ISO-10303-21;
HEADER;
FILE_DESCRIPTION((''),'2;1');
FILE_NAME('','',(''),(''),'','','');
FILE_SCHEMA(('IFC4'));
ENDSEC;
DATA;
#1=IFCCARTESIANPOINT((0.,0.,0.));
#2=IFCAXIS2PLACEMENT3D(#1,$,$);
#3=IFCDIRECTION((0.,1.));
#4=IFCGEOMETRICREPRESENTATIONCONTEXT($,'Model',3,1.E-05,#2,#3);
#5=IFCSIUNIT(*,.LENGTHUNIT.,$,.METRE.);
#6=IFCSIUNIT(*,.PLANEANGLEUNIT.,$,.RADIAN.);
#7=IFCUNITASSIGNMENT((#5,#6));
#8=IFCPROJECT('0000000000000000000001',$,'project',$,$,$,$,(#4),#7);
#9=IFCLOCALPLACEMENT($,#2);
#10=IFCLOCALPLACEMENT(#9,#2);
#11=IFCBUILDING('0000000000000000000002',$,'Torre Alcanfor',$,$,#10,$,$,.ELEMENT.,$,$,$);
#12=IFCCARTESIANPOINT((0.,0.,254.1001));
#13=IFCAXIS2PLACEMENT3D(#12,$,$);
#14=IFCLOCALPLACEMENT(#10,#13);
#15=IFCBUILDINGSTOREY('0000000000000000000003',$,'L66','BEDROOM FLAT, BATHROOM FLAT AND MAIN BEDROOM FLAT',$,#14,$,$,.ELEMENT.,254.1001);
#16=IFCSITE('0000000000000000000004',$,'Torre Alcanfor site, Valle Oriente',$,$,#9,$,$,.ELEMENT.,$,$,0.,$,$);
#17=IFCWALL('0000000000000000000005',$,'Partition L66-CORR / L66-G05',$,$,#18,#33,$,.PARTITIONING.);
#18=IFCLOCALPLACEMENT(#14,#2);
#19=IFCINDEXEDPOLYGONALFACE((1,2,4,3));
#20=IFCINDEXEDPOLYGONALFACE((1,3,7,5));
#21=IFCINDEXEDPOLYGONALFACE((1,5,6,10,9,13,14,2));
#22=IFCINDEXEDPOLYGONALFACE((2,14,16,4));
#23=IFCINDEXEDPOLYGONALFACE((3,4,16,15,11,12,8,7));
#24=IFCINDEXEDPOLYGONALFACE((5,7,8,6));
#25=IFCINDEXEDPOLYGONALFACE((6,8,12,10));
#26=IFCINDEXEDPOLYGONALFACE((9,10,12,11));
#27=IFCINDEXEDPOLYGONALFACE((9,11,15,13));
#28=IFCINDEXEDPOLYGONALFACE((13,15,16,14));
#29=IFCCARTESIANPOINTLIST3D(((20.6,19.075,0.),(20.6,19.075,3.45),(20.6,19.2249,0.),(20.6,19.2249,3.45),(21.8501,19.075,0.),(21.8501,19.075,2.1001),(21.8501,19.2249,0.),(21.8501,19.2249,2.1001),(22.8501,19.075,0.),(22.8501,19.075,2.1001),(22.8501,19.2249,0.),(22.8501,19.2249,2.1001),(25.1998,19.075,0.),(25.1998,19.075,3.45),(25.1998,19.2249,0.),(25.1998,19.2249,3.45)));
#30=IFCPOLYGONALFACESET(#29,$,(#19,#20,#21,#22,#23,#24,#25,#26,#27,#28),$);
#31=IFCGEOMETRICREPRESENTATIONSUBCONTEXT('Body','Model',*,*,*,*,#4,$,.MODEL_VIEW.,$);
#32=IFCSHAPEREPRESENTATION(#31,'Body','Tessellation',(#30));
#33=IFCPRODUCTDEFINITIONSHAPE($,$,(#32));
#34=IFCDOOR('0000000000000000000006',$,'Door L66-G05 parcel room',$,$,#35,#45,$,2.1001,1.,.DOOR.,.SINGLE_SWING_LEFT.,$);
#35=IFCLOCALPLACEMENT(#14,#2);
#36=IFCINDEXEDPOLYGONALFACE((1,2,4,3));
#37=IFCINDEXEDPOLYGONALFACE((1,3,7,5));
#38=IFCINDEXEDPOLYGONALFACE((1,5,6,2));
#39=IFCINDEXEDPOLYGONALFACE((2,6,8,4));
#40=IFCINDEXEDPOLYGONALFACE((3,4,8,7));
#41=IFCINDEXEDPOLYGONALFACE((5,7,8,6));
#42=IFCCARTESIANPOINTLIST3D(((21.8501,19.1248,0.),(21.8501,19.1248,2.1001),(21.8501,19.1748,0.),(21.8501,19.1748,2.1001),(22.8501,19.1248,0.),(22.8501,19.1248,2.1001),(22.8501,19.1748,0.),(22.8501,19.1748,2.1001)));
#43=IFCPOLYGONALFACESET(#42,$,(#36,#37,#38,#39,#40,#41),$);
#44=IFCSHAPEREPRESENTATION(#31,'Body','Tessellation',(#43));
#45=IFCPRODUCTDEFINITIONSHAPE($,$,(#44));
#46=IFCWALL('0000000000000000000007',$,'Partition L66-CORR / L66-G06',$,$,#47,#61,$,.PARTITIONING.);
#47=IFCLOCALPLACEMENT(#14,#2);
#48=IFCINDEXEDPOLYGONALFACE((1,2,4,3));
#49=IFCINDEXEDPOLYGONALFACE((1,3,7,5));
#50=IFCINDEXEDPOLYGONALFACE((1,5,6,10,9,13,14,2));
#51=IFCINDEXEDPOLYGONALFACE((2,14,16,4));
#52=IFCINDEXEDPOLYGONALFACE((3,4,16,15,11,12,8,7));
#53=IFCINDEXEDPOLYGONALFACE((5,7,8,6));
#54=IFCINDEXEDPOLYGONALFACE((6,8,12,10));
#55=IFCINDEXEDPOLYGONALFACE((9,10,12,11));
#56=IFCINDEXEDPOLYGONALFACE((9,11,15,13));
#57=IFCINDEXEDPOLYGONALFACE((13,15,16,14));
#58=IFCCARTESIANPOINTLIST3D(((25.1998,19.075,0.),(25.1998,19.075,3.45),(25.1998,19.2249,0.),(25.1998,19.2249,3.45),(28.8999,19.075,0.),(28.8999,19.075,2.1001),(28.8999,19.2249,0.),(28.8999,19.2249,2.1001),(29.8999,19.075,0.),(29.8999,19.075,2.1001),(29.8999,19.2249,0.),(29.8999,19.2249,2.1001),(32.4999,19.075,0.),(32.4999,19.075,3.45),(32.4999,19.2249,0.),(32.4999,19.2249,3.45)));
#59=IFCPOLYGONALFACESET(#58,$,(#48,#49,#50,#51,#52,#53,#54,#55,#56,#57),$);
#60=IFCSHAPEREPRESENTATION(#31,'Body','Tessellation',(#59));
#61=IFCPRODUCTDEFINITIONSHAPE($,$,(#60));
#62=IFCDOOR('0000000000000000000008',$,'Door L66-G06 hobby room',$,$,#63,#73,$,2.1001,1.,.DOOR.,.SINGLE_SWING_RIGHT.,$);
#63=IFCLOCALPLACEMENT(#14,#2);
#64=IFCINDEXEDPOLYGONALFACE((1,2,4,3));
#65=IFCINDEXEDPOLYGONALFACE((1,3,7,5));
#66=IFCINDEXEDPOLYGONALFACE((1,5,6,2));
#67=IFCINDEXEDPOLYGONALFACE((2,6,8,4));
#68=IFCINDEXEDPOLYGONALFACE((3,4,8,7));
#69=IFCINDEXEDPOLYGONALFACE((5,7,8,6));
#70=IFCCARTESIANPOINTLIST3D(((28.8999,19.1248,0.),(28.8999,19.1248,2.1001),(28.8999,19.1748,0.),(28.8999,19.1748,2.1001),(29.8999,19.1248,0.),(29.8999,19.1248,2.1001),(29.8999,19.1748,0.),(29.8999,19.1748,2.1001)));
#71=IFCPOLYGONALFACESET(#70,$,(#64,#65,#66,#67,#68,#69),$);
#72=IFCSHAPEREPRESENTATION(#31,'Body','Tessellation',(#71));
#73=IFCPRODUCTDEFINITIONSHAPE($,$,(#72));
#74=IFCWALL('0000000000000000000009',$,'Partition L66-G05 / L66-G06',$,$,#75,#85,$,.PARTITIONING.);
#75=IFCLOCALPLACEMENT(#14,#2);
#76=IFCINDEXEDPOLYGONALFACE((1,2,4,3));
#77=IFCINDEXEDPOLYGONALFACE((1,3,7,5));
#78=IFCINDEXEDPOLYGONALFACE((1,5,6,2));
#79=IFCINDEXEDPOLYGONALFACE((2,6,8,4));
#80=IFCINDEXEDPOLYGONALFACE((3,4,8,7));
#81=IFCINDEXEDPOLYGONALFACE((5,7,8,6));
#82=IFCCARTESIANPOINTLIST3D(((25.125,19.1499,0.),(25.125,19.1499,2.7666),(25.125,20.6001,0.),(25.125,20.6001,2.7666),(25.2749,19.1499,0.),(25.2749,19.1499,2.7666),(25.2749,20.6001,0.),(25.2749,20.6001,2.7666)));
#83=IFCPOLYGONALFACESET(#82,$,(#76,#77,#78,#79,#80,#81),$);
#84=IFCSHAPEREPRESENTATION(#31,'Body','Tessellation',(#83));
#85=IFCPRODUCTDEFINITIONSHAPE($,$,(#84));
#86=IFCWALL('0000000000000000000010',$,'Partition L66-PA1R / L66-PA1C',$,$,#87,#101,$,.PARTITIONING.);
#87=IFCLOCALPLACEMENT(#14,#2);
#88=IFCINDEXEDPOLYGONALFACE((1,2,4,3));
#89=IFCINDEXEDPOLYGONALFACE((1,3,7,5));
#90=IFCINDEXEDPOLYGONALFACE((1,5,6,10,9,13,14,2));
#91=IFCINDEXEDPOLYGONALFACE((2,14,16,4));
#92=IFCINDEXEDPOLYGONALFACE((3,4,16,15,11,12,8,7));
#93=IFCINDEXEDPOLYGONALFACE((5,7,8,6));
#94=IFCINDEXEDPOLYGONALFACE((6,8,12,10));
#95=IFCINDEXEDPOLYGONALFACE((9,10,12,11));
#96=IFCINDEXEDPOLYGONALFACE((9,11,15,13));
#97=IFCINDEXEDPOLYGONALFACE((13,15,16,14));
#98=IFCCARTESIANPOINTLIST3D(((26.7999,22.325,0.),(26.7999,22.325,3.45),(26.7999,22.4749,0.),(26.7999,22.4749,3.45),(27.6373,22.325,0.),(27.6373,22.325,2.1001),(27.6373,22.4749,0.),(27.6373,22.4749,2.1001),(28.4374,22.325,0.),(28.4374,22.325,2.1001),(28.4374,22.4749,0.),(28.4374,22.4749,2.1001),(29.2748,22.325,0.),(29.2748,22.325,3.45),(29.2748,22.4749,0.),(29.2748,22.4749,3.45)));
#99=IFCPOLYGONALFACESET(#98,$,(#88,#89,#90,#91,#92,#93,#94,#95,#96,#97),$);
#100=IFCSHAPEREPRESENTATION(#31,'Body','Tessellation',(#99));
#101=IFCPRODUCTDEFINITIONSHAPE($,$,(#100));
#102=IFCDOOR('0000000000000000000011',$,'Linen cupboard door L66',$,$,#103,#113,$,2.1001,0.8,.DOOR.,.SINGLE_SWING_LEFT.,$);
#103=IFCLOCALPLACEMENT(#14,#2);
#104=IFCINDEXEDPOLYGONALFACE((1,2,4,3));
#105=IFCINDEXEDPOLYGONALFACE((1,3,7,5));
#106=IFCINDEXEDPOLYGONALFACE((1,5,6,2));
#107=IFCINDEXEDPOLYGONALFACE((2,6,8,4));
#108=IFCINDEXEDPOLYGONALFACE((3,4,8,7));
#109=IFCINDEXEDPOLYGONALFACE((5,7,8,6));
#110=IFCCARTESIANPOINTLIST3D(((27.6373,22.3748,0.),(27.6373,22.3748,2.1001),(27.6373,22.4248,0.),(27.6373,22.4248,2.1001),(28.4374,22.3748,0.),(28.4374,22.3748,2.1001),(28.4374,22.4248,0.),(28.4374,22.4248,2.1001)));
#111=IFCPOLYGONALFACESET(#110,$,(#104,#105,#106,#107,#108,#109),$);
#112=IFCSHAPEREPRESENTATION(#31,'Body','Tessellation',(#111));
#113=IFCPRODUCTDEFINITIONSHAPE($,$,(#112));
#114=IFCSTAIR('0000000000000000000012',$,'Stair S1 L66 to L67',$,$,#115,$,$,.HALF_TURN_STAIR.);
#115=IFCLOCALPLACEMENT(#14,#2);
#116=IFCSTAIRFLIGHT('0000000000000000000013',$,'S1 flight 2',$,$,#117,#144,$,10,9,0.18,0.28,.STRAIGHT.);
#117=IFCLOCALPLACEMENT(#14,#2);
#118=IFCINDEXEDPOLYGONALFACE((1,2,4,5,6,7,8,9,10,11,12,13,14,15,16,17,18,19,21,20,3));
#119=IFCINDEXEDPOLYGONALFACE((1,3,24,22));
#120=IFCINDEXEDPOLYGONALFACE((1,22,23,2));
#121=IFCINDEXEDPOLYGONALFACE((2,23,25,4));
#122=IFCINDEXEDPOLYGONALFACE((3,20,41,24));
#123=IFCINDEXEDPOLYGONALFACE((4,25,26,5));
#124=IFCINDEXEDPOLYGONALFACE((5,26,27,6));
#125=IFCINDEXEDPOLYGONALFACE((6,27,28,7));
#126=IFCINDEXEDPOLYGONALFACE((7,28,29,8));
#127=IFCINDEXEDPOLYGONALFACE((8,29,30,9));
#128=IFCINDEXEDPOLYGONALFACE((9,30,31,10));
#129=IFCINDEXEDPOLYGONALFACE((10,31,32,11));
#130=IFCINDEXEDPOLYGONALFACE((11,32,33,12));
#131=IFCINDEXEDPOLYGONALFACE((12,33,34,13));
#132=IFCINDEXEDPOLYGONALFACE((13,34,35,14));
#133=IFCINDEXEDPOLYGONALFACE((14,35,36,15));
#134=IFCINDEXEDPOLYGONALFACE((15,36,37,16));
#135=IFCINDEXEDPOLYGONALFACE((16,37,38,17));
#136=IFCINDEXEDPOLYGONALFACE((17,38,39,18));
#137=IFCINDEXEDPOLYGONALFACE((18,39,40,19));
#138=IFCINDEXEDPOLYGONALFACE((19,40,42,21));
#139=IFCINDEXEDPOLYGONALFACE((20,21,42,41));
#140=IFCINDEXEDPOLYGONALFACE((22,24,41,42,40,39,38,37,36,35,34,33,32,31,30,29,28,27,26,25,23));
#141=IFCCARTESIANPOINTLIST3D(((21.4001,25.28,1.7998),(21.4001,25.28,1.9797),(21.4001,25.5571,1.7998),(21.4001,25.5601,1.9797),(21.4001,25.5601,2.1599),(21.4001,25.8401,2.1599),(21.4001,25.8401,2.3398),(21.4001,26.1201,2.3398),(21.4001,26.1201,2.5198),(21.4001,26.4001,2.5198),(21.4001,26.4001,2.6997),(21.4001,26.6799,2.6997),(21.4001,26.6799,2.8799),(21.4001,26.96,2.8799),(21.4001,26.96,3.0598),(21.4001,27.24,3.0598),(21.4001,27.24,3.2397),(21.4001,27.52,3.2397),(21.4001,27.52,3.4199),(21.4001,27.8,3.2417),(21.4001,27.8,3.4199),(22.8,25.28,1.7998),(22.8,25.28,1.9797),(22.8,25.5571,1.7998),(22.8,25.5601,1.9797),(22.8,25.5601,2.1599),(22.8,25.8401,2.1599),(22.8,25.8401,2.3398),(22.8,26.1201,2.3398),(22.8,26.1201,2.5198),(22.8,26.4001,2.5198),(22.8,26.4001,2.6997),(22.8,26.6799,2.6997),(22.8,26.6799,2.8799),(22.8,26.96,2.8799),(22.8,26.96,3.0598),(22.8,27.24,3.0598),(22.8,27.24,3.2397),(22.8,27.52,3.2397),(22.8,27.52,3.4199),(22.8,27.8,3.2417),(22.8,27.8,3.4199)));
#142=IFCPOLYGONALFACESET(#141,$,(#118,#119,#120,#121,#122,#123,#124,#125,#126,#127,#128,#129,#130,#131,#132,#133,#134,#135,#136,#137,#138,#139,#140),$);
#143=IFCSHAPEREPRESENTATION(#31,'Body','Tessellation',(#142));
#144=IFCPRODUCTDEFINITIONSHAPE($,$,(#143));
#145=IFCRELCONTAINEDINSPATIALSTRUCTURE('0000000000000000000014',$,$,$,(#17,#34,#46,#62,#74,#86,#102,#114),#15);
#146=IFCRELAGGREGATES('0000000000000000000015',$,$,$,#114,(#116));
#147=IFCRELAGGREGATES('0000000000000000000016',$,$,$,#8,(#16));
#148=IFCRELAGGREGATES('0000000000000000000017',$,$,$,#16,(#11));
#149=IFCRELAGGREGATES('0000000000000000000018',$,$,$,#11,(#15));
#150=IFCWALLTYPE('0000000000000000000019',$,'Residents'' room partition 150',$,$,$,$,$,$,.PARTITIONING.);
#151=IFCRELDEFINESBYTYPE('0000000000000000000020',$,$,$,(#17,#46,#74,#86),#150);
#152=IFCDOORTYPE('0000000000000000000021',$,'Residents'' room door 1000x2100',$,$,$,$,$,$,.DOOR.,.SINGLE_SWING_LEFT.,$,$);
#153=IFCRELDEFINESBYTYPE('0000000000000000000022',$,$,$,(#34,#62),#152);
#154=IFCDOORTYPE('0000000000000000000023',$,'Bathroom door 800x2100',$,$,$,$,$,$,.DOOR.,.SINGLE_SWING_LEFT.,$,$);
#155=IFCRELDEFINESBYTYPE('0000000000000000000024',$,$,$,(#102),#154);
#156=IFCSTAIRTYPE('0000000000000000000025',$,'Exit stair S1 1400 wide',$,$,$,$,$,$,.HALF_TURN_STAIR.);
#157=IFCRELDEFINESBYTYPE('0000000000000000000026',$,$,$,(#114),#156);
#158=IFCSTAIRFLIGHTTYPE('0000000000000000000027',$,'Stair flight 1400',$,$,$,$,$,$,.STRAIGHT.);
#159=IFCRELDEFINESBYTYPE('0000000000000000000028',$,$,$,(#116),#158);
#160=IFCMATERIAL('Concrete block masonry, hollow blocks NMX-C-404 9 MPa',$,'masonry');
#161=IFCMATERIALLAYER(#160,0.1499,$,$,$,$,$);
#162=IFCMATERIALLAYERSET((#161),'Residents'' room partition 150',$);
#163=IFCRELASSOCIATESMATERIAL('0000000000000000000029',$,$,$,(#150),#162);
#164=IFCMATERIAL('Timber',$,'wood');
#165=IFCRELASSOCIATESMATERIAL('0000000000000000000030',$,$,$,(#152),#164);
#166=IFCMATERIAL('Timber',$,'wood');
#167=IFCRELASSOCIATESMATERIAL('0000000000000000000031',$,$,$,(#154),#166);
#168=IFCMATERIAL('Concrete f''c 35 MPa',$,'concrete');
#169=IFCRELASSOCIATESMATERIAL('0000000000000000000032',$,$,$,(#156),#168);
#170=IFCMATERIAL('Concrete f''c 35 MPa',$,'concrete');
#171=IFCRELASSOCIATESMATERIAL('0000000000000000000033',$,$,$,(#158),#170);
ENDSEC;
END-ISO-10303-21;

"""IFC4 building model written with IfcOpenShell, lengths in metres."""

from ifc_helpers import new_model, si_unit, direction, frame, frame_2d, origin, place, context, subcontext, project, spatial, polyline, rectangle, outline, extrude, material, layer, layer_set, type_object, element, fill, aggregate, save


model = new_model("IFC4")

# Units and contexts
model_context = context("Model", 3, precision=1e-05, world=origin(), true_north=direction((0.0, 1.0)))
body_context = subcontext(model_context, "Body", "Model", "MODEL_VIEW")
ifc_project = project(units=[si_unit("LENGTHUNIT", "METRE"), si_unit("PLANEANGLEUNIT", "RADIAN")], contexts=[model_context])

# Site, building, storey
site_placement = place(None, origin())
site = spatial("IfcSite", under=ifc_project, at=site_placement, Name="Torre Alcanfor site, Valle Oriente", CompositionType="ELEMENT", RefElevation=0.0)
building_placement = place(site_placement, origin())
building = spatial("IfcBuilding", under=site, at=building_placement, Name="Torre Alcanfor", CompositionType="ELEMENT")
storey_placement = place(building_placement, frame((0.0, 0.0, 254.1001)))
storey = spatial("IfcBuildingStorey", under=building, at=storey_placement, Name="L66", Description="BEDROOM FLAT, BATHROOM FLAT AND MAIN BEDROOM FLAT", CompositionType="ELEMENT", Elevation=254.1001)

# Shared definitions
ifc_material_1 = material(Name="Concrete block masonry, hollow blocks NMX-C-404 9 MPa", Category="masonry")
ifc_layer_1 = layer(ifc_material_1, 0.1499)
ifc_layer_set_1 = layer_set([ifc_layer_1], Name="Residents' room partition 150")
wall_type_1 = type_object("IfcWallType", Name="Residents' room partition 150", PredefinedType="PARTITIONING", material=ifc_layer_set_1)

# Walls, openings, doors
wall_1_placement = place(storey_placement, frame((20.6001, 19.1499, 0.0), z_axis=(0.0, 0.0, 1.0), x_axis=(1.0, 0.0, 0.0)))
wall_1 = element("IfcWall", 1, at=wall_1_placement, inside=storey, type_object=wall_type_1, Name="Partition L66-CORR / L66-G05", PredefinedType="PARTITIONING", context=body_context, shape_type="SweptSolid", body=[
    extrude(rectangle(XDim=4.5999, YDim=0.1499, at=frame_2d((2.2998, 0.0))), origin(), (0.0, 0.0, 1.0), 3.45),
])
opening_1_placement = place(wall_1_placement, frame((1.25, 0.0, 0.0)))
opening_1 = element("IfcOpeningElement", 2, at=opening_1_placement, cuts=wall_1, PredefinedType="OPENING", context=body_context, shape_type="SweptSolid", body=[
    extrude(rectangle(XDim=1.0, YDim=2.1001, at=frame_2d((0.5, 1.05))), frame((0.0, 0.085, 0.0), z_axis=(0.0, -1.0, 0.0), x_axis=(1.0, 0.0, 0.0)), (0.0, 0.0, 1.0), 0.1699),
])
ifc_material_2 = material(Name="Timber", Category="wood")
door_type_1 = type_object("IfcDoorType", Name="Residents' room door 1000x2100", OperationType="SINGLE_SWING_LEFT", PredefinedType="DOOR", material=ifc_material_2)
door_1_placement = place(opening_1_placement, origin())
door_1 = element("IfcDoor", 3, at=door_1_placement, inside=storey, type_object=door_type_1, Name="Door L66-G05 parcel room", OperationType="SINGLE_SWING_LEFT", OverallHeight=2.1001, OverallWidth=1.0, PredefinedType="DOOR", context=body_context, shape_type="SweptSolid", body=[
    extrude(rectangle(XDim=1.0, YDim=2.1001, at=frame_2d((0.5, 1.05))), frame((0.0, 0.0249, 0.0), z_axis=(0.0, -1.0, 0.0), x_axis=(1.0, 0.0, 0.0)), (0.0, 0.0, 1.0), 0.05),
])
fill(opening_1, door_1)
wall_2_placement = place(storey_placement, frame((25.2, 19.1499, 0.0), z_axis=(0.0, 0.0, 1.0), x_axis=(1.0, 0.0, 0.0)))
wall_2 = element("IfcWall", 4, at=wall_2_placement, inside=storey, type_object=wall_type_1, Name="Partition L66-CORR / L66-G06", PredefinedType="PARTITIONING", context=body_context, shape_type="SweptSolid", body=[
    extrude(rectangle(XDim=7.3, YDim=0.1499, at=frame_2d((3.6499, 0.0))), origin(), (0.0, 0.0, 1.0), 3.45),
])
opening_2_placement = place(wall_2_placement, frame((3.7, 0.0, 0.0)))
opening_2 = element("IfcOpeningElement", 5, at=opening_2_placement, cuts=wall_2, PredefinedType="OPENING", context=body_context, shape_type="SweptSolid", body=[
    extrude(rectangle(XDim=1.0, YDim=2.1001, at=frame_2d((0.5, 1.05))), frame((0.0, 0.085, 0.0), z_axis=(0.0, -1.0, 0.0), x_axis=(1.0, 0.0, 0.0)), (0.0, 0.0, 1.0), 0.1699),
])
door_2_placement = place(opening_2_placement, origin())
door_2 = element("IfcDoor", 6, at=door_2_placement, inside=storey, type_object=door_type_1, Name="Door L66-G06 hobby room", OperationType="SINGLE_SWING_RIGHT", OverallHeight=2.1001, OverallWidth=1.0, PredefinedType="DOOR", context=body_context, shape_type="SweptSolid", body=[
    extrude(rectangle(XDim=1.0, YDim=2.1001, at=frame_2d((0.5, 1.05))), frame((0.0, 0.0249, 0.0), z_axis=(0.0, -1.0, 0.0), x_axis=(1.0, 0.0, 0.0)), (0.0, 0.0, 1.0), 0.05),
])
fill(opening_2, door_2)

# Wall
wall_3_placement = place(storey_placement, frame((25.2, 19.1499, 0.0), z_axis=(0.0, 0.0, 1.0), x_axis=(0.0, 1.0, 0.0)))
element("IfcWall", 7, at=wall_3_placement, inside=storey, type_object=wall_type_1, Name="Partition L66-G05 / L66-G06", PredefinedType="PARTITIONING", context=body_context, shape_type="SweptSolid", body=[
    extrude(rectangle(XDim=1.4502, YDim=0.1499, at=frame_2d((0.7251, 0.0))), origin(), (0.0, 0.0, 1.0), 2.7666),
])

# Wall, opening, door
wall_4_placement = place(storey_placement, frame((26.8, 22.3999, 0.0), z_axis=(0.0, 0.0, 1.0), x_axis=(1.0, 0.0, 0.0)))
wall_4 = element("IfcWall", 8, at=wall_4_placement, inside=storey, type_object=wall_type_1, Name="Partition L66-PA1R / L66-PA1C", PredefinedType="PARTITIONING", context=body_context, shape_type="SweptSolid", body=[
    extrude(rectangle(XDim=2.4749, YDim=0.1499, at=frame_2d((1.2373, 0.0))), origin(), (0.0, 0.0, 1.0), 3.45),
])
opening_3_placement = place(wall_4_placement, frame((0.8374, 0.0, 0.0)))
opening_3 = element("IfcOpeningElement", 9, at=opening_3_placement, cuts=wall_4, PredefinedType="OPENING", context=body_context, shape_type="SweptSolid", body=[
    extrude(rectangle(XDim=0.8, YDim=2.1001, at=frame_2d((0.3999, 1.05))), frame((0.0, 0.085, 0.0), z_axis=(0.0, -1.0, 0.0), x_axis=(1.0, 0.0, 0.0)), (0.0, 0.0, 1.0), 0.1699),
])
ifc_material_3 = material(Name="Timber", Category="wood")
door_type_2 = type_object("IfcDoorType", Name="Bathroom door 800x2100", OperationType="SINGLE_SWING_LEFT", PredefinedType="DOOR", material=ifc_material_3)
door_3_placement = place(opening_3_placement, origin())
door_3 = element("IfcDoor", 10, at=door_3_placement, inside=storey, type_object=door_type_2, Name="Linen cupboard door L66", OperationType="SINGLE_SWING_LEFT", OverallHeight=2.1001, OverallWidth=0.8, PredefinedType="DOOR", context=body_context, shape_type="SweptSolid", body=[
    extrude(rectangle(XDim=0.8, YDim=2.1001, at=frame_2d((0.3999, 1.05))), frame((0.0, 0.0249, 0.0), z_axis=(0.0, -1.0, 0.0), x_axis=(1.0, 0.0, 0.0)), (0.0, 0.0, 1.0), 0.05),
])
fill(opening_3, door_3)

# Stair, stair flight
ifc_material_4 = material(Name="Concrete f'c 35 MPa", Category="concrete")
stair_type = type_object("IfcStairType", Name="Exit stair S1 1400 wide", PredefinedType="HALF_TURN_STAIR", material=ifc_material_4)
stair_placement = place(storey_placement, origin())
stair = element("IfcStair", 11, at=stair_placement, inside=storey, type_object=stair_type, Name="Stair S1 L66 to L67", PredefinedType="HALF_TURN_STAIR")
ifc_material_5 = material(Name="Concrete f'c 35 MPa", Category="concrete")
stair_flight_type = type_object("IfcStairFlightType", Name="Stair flight 1400", PredefinedType="STRAIGHT", material=ifc_material_5)
stair_flight_placement = place(storey_placement, frame((22.1001, 25.28, 1.7998), z_axis=(0.0, 0.0, 1.0), x_axis=(0.0, 1.0, 0.0)))
stair_flight = element("IfcStairFlight", 12, at=stair_flight_placement, type_object=stair_flight_type, Name="S1 flight 2", NumberOfRisers=10, NumberOfTreads=9, PredefinedType="STRAIGHT", RiserHeight=0.18, TreadLength=0.28, context=body_context, shape_type="SweptSolid", body=[
    extrude(outline(polyline([(0.0, 0.0), (0.0, 0.1799), (0.28, 0.1799), (0.28, 0.3601), (0.5601, 0.3601), (0.5601, 0.54), (0.8401, 0.54), (0.8401, 0.72), (1.1201, 0.72), (1.1201, 0.8999), (1.3999, 0.8999), (1.3999, 1.0801), (1.6799, 1.0801), (1.6799, 1.26), (1.96, 1.26), (1.96, 1.4399), (2.24, 1.4399), (2.24, 1.6201), (2.52, 1.6201), (2.52, 1.8), (2.52, 1.4419), (0.2771, 0.0), (0.0, 0.0)])), frame((0.0, 0.7, 0.0), z_axis=(0.0, -1.0, 0.0), x_axis=(1.0, 0.0, 0.0)), (0.0, 0.0, 1.0), 1.3999),
])
aggregate(stair, [stair_flight])

save(model, "model.ifc")
